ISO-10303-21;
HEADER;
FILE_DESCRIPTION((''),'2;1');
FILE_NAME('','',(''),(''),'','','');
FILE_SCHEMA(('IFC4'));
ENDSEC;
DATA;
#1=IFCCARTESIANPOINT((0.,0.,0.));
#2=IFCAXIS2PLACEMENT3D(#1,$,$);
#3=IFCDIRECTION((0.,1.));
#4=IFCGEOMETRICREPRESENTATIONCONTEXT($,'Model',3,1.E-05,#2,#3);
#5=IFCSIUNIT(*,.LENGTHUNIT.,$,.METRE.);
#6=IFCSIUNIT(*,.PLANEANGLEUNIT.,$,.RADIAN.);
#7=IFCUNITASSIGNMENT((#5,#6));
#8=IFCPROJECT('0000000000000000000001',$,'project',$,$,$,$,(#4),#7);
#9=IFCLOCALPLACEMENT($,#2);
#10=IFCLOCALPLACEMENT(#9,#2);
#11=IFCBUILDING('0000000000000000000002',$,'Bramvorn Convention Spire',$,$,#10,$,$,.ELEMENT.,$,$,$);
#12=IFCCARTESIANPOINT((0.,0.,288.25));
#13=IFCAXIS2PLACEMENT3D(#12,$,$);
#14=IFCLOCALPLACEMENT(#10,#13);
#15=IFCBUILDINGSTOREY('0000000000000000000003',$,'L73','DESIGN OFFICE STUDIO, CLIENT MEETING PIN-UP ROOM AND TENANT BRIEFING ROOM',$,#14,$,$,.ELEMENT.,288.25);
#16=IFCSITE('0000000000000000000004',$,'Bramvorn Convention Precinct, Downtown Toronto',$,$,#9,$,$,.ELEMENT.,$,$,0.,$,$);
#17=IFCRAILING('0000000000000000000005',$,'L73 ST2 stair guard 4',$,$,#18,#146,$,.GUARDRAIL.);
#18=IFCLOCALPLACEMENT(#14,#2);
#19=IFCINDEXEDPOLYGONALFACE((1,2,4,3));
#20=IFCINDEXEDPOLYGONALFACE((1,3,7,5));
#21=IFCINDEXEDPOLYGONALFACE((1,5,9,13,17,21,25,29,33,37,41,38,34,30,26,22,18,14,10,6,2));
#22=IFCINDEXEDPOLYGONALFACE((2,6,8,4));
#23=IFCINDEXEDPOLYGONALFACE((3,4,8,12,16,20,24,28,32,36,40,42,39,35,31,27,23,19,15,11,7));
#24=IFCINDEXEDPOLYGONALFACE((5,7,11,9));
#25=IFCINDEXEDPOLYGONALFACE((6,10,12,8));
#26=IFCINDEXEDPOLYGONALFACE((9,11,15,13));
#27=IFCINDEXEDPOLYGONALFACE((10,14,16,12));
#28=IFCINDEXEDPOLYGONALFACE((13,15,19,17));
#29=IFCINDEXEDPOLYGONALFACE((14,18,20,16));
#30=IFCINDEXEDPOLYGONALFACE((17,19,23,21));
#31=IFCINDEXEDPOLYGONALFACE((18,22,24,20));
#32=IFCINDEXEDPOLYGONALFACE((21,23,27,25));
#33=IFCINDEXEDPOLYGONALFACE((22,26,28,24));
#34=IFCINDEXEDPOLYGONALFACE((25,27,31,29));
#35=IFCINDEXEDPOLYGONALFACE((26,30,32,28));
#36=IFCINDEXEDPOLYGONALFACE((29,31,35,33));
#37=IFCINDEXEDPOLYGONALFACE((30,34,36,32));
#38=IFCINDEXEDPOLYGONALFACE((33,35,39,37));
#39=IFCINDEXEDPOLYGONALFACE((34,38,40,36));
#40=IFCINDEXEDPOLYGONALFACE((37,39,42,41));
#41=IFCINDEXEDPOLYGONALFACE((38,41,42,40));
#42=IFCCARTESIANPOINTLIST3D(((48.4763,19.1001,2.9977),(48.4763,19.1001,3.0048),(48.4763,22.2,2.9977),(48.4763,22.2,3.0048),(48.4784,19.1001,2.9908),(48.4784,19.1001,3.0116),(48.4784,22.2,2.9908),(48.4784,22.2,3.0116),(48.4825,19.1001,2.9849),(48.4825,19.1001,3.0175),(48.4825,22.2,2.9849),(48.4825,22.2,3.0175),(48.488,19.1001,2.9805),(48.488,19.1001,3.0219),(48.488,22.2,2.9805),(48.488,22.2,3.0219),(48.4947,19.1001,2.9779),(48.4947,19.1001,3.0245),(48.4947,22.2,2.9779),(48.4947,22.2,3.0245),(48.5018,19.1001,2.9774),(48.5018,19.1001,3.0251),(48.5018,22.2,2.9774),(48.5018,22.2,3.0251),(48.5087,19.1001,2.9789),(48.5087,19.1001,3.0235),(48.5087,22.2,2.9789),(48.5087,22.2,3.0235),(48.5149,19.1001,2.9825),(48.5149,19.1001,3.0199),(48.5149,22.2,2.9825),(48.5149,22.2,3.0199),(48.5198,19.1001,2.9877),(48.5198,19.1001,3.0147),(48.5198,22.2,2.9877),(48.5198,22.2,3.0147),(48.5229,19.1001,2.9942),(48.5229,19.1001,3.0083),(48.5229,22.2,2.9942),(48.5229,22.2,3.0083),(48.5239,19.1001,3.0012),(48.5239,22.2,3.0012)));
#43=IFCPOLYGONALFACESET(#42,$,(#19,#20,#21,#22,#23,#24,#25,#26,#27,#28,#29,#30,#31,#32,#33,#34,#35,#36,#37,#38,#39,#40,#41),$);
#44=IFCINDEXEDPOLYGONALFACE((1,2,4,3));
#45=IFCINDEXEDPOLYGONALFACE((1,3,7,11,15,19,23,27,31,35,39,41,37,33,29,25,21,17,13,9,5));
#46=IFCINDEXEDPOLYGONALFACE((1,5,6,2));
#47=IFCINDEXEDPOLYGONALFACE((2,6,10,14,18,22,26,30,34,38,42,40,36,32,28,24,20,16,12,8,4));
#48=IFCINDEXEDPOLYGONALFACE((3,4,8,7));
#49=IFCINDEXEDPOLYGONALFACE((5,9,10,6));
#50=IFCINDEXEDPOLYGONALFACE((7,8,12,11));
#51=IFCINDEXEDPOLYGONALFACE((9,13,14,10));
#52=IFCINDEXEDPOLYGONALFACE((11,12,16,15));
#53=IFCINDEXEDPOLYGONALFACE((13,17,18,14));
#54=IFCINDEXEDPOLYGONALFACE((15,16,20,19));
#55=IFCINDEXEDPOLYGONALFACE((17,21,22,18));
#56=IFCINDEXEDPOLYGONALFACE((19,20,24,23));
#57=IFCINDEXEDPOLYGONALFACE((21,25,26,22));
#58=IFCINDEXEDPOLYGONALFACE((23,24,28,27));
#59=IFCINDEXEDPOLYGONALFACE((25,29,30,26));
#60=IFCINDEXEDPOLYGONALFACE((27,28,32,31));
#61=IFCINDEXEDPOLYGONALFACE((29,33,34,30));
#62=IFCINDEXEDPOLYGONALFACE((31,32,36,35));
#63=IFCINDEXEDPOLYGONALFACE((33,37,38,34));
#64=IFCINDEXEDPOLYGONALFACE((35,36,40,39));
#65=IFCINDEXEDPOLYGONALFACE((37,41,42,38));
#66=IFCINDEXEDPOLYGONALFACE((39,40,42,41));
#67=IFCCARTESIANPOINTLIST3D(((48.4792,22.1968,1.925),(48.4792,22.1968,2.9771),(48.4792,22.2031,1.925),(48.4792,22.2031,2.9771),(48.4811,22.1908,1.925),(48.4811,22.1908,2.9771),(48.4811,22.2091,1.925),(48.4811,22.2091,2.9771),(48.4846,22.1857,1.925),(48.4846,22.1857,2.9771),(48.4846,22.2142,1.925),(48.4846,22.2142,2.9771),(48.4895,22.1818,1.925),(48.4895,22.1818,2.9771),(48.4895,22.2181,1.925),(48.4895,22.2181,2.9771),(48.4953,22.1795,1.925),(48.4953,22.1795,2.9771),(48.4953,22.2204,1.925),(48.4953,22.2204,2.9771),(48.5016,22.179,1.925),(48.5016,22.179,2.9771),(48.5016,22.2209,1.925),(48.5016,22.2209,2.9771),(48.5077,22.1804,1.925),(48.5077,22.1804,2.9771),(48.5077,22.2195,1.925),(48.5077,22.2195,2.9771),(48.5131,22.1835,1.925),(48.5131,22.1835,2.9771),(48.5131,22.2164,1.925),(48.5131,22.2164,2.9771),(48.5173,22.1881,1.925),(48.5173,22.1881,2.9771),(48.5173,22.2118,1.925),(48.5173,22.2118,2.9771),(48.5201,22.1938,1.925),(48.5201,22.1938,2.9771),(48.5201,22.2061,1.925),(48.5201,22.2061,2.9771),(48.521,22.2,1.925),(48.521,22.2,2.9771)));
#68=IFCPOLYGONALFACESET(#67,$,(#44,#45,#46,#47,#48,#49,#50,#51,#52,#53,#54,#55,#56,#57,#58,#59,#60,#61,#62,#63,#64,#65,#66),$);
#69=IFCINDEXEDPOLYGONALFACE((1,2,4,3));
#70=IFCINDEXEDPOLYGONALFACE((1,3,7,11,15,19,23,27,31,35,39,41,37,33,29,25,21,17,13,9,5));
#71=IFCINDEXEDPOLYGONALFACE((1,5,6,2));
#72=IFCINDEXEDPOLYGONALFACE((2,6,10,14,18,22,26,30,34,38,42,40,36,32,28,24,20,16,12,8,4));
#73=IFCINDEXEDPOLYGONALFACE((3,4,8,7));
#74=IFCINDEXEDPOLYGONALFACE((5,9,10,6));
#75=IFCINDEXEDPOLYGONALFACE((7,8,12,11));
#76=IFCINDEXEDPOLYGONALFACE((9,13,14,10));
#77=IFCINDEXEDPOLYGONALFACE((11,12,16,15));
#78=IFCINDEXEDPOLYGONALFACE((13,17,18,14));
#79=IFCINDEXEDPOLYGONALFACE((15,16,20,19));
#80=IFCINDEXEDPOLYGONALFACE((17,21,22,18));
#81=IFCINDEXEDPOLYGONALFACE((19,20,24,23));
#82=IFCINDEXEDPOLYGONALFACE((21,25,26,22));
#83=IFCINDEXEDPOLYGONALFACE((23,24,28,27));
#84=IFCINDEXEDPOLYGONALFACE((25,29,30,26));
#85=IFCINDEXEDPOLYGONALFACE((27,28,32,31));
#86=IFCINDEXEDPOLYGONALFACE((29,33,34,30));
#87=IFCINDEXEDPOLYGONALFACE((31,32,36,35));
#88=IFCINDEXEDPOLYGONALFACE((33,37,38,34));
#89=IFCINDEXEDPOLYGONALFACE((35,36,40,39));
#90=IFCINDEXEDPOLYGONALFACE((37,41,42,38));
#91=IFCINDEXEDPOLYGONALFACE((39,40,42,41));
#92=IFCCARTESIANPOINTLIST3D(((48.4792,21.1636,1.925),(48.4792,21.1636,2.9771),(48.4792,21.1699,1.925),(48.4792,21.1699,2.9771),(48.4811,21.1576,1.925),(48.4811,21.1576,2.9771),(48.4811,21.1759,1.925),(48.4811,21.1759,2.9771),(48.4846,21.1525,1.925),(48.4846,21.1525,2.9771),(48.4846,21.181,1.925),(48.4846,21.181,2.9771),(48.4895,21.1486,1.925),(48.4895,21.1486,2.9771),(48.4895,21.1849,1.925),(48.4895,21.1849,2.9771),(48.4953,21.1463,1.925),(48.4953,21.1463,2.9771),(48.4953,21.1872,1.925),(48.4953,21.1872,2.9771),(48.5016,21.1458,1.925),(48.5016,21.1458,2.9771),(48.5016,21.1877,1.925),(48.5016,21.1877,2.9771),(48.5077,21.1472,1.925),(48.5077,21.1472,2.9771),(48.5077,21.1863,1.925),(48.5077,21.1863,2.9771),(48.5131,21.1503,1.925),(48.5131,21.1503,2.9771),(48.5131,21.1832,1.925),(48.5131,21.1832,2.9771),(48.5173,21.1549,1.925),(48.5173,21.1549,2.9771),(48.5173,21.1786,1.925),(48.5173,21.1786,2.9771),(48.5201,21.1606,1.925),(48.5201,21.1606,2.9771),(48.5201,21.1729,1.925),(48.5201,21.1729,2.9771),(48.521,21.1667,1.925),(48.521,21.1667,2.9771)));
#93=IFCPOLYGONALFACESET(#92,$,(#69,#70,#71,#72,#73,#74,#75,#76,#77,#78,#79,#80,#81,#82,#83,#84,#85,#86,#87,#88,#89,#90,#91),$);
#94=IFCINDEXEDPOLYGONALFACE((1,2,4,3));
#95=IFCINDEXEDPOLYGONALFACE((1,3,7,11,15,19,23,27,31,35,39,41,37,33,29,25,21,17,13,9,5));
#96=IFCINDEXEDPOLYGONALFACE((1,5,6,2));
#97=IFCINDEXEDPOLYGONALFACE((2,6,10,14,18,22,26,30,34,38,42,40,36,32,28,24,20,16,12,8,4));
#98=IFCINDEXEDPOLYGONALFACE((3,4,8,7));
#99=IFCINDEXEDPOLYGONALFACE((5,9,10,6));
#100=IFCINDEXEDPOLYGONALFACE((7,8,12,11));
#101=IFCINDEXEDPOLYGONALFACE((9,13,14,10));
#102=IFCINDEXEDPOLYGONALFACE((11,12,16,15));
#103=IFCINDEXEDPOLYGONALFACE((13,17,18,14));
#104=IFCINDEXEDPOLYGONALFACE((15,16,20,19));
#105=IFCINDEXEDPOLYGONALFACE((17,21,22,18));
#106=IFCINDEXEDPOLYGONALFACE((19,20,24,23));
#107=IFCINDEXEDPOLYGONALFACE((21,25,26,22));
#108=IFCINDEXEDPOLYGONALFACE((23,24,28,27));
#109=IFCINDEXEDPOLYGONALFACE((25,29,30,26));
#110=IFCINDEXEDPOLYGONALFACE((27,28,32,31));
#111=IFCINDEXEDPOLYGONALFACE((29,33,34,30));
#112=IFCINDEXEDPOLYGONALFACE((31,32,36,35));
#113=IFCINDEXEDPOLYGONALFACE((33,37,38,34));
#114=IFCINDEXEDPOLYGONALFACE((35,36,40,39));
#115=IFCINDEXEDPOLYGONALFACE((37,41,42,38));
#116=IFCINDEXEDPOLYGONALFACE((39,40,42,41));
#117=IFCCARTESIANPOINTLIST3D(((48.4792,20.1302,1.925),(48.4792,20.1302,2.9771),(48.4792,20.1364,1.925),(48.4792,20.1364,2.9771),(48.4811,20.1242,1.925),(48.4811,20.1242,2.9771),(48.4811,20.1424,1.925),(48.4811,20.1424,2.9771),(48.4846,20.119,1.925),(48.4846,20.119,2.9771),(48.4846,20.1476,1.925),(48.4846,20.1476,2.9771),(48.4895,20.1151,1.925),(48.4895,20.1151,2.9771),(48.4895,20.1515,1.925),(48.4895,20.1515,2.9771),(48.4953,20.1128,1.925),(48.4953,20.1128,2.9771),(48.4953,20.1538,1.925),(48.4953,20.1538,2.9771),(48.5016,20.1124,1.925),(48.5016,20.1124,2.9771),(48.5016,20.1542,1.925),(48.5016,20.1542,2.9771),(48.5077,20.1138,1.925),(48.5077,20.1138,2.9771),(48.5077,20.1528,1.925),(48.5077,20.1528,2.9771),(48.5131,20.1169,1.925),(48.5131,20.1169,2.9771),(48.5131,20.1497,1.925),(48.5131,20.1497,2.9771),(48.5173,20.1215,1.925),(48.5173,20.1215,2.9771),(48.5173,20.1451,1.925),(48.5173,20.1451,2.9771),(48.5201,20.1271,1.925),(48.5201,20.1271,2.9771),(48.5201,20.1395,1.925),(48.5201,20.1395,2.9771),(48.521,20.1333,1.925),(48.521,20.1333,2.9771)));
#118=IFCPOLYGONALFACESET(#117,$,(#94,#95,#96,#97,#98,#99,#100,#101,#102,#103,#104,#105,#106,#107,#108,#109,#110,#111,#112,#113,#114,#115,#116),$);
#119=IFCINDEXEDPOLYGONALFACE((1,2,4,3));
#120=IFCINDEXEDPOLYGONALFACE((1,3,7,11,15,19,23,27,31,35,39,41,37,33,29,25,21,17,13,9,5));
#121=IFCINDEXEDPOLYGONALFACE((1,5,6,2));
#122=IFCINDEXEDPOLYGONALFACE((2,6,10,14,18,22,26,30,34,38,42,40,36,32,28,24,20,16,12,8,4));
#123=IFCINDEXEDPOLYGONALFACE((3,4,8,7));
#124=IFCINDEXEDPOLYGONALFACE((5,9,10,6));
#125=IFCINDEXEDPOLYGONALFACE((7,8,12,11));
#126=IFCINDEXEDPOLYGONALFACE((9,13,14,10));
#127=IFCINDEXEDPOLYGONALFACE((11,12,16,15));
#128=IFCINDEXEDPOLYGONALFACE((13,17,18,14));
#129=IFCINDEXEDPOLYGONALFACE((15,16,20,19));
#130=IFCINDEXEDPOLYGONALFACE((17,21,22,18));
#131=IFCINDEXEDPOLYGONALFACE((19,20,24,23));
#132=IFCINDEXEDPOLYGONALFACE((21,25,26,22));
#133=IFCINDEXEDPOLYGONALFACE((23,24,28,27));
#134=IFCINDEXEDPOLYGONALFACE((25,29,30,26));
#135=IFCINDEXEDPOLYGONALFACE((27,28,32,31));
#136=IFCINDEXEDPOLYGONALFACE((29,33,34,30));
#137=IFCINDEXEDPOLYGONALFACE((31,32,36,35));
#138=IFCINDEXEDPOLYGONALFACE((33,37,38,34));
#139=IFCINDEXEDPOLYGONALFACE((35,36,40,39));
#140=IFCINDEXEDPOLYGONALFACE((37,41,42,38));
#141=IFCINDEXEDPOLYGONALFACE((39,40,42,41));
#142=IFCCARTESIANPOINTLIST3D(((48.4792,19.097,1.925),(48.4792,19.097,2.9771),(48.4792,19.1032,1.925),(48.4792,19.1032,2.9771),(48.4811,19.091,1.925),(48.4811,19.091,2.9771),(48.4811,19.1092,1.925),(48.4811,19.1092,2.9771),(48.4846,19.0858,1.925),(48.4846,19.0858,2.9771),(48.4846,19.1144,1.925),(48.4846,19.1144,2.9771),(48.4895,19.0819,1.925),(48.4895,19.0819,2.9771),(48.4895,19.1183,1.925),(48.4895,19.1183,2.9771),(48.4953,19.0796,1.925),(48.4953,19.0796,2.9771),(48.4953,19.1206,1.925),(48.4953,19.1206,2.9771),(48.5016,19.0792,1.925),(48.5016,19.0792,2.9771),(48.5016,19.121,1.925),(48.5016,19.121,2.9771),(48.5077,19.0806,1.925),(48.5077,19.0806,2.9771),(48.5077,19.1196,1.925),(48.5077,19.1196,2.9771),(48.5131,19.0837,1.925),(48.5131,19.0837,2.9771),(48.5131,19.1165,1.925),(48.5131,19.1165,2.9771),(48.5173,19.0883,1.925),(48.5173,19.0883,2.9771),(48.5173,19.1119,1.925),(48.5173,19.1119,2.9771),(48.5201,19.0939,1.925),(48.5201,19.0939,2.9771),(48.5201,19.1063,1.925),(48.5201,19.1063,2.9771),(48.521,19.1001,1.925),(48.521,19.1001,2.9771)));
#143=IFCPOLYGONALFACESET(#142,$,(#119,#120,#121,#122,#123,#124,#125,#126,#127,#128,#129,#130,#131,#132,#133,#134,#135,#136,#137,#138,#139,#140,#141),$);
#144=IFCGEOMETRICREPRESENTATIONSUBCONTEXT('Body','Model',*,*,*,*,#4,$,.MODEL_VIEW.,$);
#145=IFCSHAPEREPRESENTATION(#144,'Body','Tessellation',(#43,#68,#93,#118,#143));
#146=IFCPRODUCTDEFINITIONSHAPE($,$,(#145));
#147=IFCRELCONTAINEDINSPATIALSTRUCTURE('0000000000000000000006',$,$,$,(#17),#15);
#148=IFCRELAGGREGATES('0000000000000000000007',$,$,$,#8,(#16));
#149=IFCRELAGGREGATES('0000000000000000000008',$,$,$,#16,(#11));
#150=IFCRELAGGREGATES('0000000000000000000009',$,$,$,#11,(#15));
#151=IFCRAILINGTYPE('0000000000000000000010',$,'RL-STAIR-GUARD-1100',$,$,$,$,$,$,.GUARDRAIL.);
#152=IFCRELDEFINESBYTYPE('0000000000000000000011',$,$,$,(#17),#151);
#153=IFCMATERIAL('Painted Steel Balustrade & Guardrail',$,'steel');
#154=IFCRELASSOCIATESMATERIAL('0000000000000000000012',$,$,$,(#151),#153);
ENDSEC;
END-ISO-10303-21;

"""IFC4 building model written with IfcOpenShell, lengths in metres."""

from ifc_helpers import new_model, si_unit, direction, frame, origin, origin_2d, place, context, subcontext, project, spatial, circle, extrude, material, type_object, element, save


model = new_model("IFC4")

# Units and contexts
model_context = context("Model", 3, precision=1e-05, world=origin(), true_north=direction((0.0, 1.0)))
body_context = subcontext(model_context, "Body", "Model", "MODEL_VIEW")
ifc_project = project(units=[si_unit("LENGTHUNIT", "METRE"), si_unit("PLANEANGLEUNIT", "RADIAN")], contexts=[model_context])

# Site, building, storey
site_placement = place(None, origin())
site = spatial("IfcSite", under=ifc_project, at=site_placement, Name="Bramvorn Convention Precinct, Downtown Toronto", CompositionType="ELEMENT", RefElevation=0.0)
building_placement = place(site_placement, origin())
building = spatial("IfcBuilding", under=site, at=building_placement, Name="Bramvorn Convention Spire", CompositionType="ELEMENT")
storey_placement = place(building_placement, frame((0.0, 0.0, 288.25)))
storey = spatial("IfcBuildingStorey", under=building, at=storey_placement, Name="L73", Description="DESIGN OFFICE STUDIO, CLIENT MEETING PIN-UP ROOM AND TENANT BRIEFING ROOM", CompositionType="ELEMENT", Elevation=288.25)

# Railing
ifc_material_1 = material(Name="Painted Steel Balustrade & Guardrail", Category="steel")
railing_type_1 = type_object("IfcRailingType", Name="RL-STAIR-GUARD-1100", PredefinedType="GUARDRAIL", material=ifc_material_1)
railing_1_placement = place(storey_placement, frame((48.5, 22.2, 1.925)))
element("IfcRailing", 1, at=railing_1_placement, inside=storey, type_object=railing_type_1, Name="L73 ST2 stair guard 4", PredefinedType="GUARDRAIL", context=body_context, shape_type="SweptSolid", body=[
    extrude(circle(Radius=0.0239, at=origin_2d()), frame((0.0, 0.0, 1.0762), z_axis=(0.0, -1.0, 0.0), x_axis=(1.0, 0.0, 0.0)), (0.0, 0.0, 1.0), 3.0999),
    extrude(circle(Radius=0.021, at=origin_2d()), origin(), (0.0, 0.0, 1.0), 1.052),
    extrude(circle(Radius=0.021, at=origin_2d()), frame((0.0, -1.0332, 0.0)), (0.0, 0.0, 1.0), 1.052),
    extrude(circle(Radius=0.021, at=origin_2d()), frame((0.0, -2.0667, 0.0)), (0.0, 0.0, 1.0), 1.052),
    extrude(circle(Radius=0.021, at=origin_2d()), frame((0.0, -3.0999, 0.0)), (0.0, 0.0, 1.0), 1.052),
])

save(model, "model.ifc")
